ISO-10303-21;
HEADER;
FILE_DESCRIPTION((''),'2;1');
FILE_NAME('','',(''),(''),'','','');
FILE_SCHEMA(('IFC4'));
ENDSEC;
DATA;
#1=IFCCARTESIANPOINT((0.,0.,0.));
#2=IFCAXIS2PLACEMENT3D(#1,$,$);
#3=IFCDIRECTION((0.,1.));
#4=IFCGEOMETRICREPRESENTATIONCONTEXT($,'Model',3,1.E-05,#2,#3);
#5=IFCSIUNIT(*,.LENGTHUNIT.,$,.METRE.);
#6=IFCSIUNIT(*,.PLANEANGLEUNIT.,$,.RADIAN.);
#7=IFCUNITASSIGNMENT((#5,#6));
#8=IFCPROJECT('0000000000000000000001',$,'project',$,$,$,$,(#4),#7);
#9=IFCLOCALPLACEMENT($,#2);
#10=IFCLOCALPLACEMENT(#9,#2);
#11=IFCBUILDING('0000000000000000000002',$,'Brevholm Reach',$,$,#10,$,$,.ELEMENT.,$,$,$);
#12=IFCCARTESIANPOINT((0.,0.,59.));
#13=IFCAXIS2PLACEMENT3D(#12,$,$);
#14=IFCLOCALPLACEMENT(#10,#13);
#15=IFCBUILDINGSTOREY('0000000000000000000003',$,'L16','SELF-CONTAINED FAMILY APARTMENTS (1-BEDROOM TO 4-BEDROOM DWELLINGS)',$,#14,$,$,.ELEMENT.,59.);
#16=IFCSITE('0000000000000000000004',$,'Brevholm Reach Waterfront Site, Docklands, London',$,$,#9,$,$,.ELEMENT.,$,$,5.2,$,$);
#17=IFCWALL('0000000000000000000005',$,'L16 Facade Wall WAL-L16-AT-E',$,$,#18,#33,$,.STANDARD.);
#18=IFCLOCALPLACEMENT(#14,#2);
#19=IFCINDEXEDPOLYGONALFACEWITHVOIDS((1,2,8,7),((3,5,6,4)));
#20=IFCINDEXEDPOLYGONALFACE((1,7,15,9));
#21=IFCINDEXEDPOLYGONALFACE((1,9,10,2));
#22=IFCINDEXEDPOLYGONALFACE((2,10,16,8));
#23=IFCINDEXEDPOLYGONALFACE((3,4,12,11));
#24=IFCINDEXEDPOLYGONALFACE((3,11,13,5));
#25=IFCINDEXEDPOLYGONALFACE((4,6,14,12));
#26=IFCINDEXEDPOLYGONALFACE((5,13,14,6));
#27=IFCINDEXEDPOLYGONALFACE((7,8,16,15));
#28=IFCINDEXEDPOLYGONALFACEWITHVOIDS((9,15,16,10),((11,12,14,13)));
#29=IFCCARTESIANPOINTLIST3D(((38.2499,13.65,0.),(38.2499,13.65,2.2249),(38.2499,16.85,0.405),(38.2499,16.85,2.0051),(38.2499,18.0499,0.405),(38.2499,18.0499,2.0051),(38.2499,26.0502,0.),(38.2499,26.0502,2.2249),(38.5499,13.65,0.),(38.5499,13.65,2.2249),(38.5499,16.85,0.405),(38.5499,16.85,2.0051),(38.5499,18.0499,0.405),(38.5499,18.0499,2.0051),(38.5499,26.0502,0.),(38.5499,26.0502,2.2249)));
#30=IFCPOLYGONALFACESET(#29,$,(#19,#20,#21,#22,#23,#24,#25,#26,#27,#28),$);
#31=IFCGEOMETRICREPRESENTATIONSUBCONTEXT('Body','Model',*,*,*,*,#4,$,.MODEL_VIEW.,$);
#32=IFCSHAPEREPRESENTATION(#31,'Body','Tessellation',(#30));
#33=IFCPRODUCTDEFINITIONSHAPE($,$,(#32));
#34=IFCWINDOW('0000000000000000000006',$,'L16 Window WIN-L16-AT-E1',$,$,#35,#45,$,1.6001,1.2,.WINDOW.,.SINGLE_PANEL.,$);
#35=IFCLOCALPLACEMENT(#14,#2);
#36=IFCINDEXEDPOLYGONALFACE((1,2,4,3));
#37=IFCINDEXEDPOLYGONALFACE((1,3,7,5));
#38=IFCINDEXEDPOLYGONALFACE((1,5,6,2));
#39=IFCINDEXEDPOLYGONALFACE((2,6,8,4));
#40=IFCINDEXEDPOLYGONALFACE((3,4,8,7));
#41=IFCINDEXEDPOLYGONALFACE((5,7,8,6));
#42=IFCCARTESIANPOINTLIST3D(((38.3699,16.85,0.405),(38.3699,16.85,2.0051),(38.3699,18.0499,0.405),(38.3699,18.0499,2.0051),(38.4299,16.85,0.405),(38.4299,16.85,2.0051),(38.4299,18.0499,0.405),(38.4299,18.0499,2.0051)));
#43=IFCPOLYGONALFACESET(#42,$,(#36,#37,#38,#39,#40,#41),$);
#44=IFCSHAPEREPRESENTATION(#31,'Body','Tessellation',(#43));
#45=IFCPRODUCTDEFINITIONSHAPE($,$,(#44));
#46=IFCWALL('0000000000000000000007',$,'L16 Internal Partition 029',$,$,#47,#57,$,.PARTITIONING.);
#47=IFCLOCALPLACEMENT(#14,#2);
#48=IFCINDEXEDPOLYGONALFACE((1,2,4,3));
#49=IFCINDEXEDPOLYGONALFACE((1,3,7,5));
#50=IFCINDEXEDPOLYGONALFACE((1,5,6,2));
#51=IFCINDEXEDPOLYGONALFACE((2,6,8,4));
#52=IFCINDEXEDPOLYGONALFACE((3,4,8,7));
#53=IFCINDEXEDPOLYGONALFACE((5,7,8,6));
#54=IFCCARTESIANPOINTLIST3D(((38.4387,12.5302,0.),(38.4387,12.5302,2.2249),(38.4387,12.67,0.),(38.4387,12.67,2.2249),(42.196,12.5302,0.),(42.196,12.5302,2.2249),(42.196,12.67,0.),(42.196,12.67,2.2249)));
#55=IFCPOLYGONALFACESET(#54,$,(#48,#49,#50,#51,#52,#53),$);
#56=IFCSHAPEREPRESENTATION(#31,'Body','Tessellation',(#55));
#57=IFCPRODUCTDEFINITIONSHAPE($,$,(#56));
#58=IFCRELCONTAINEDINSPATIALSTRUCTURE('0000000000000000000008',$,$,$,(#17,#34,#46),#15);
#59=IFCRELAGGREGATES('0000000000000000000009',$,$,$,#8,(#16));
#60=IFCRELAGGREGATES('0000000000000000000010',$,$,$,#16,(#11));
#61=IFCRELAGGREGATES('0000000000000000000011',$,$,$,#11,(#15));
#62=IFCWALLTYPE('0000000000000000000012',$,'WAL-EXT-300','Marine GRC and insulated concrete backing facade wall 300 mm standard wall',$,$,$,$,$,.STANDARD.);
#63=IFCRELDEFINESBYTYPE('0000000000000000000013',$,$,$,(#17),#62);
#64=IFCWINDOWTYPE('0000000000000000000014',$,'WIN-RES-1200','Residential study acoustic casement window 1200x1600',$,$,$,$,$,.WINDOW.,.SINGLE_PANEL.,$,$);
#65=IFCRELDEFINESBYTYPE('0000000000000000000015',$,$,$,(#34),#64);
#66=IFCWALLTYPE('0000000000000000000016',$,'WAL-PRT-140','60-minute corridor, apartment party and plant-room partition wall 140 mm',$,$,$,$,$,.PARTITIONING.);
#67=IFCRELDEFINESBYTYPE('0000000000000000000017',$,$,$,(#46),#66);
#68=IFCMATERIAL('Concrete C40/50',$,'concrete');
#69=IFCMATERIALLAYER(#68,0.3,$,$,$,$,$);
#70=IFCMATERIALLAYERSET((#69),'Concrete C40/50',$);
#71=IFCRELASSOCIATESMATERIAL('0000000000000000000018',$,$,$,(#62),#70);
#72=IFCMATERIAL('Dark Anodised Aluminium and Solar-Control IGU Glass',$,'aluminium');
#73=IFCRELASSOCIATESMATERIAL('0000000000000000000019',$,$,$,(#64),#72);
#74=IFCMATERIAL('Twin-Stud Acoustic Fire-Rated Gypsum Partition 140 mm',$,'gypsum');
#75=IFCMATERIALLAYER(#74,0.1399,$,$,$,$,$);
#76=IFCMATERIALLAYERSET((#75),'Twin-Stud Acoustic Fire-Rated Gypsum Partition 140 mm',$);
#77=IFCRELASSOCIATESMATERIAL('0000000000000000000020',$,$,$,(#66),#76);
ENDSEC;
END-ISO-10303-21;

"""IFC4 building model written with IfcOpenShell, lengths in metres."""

from ifc_helpers import new_model, si_unit, direction, frame, frame_2d, origin, place, context, subcontext, project, spatial, rectangle, extrude, material, layer, layer_set, type_object, element, fill, save


model = new_model("IFC4")

# Units and contexts
model_context = context("Model", 3, precision=1e-05, world=origin(), true_north=direction((0.0, 1.0)))
body_context = subcontext(model_context, "Body", "Model", "MODEL_VIEW")
ifc_project = project(units=[si_unit("LENGTHUNIT", "METRE"), si_unit("PLANEANGLEUNIT", "RADIAN")], contexts=[model_context])

# Site, building, storey
site_placement = place(None, origin())
site = spatial("IfcSite", under=ifc_project, at=site_placement, Name="Brevholm Reach Waterfront Site, Docklands, London", CompositionType="ELEMENT", RefElevation=5.2)
building_placement = place(site_placement, origin())
building = spatial("IfcBuilding", under=site, at=building_placement, Name="Brevholm Reach", CompositionType="ELEMENT")
storey_placement = place(building_placement, frame((0.0, 0.0, 59.0)))
storey = spatial("IfcBuildingStorey", under=building, at=storey_placement, Name="L16", Description="SELF-CONTAINED FAMILY APARTMENTS (1-BEDROOM TO 4-BEDROOM DWELLINGS)", CompositionType="ELEMENT", Elevation=59.0)

# Wall, opening, window
ifc_material_1 = material(Name="Concrete C40/50", Category="concrete")
ifc_layer_1 = layer(ifc_material_1, 0.3)
ifc_layer_set_1 = layer_set([ifc_layer_1], Name="Concrete C40/50")
wall_type_1 = type_object("IfcWallType", Name="WAL-EXT-300", Description="Marine GRC and insulated concrete backing facade wall 300 mm standard wall", PredefinedType="STANDARD", material=ifc_layer_set_1)
wall_1_placement = place(storey_placement, frame((38.3999, 13.6499, 0.0), z_axis=(0.0, 0.0, 1.0), x_axis=(0.0, 1.0, 0.0)))
wall_1 = element("IfcWall", 1, at=wall_1_placement, inside=storey, type_object=wall_type_1, Name="L16 Facade Wall WAL-L16-AT-E", PredefinedType="STANDARD", context=body_context, shape_type="SweptSolid", body=[
    extrude(rectangle(XDim=12.4001, YDim=0.3, at=frame_2d((6.2002, 0.0))), origin(), (0.0, 0.0, 1.0), 2.2249),
])
opening_placement = place(wall_1_placement, frame((3.2, 0.0, 0.405)))
opening = element("IfcOpeningElement", 2, at=opening_placement, cuts=wall_1, PredefinedType="OPENING", context=body_context, shape_type="SweptSolid", body=[
    extrude(rectangle(XDim=1.2, YDim=1.6001, at=frame_2d((0.6001, 0.8))), frame((0.0, 0.1599, 0.0), z_axis=(0.0, -1.0, 0.0), x_axis=(1.0, 0.0, 0.0)), (0.0, 0.0, 1.0), 0.3201),
])
ifc_material_2 = material(Name="Dark Anodised Aluminium and Solar-Control IGU Glass", Category="aluminium")
window_type = type_object("IfcWindowType", Name="WIN-RES-1200", Description="Residential study acoustic casement window 1200x1600", PartitioningType="SINGLE_PANEL", PredefinedType="WINDOW", material=ifc_material_2)
window_placement = place(opening_placement, origin())
window = element("IfcWindow", 3, at=window_placement, inside=storey, type_object=window_type, Name="L16 Window WIN-L16-AT-E1", OverallHeight=1.6001, OverallWidth=1.2, PartitioningType="SINGLE_PANEL", PredefinedType="WINDOW", context=body_context, shape_type="SweptSolid", body=[
    extrude(rectangle(XDim=1.2, YDim=1.6001, at=frame_2d((0.6001, 0.8))), frame((0.0, 0.03, 0.0), z_axis=(0.0, -1.0, 0.0), x_axis=(1.0, 0.0, 0.0)), (0.0, 0.0, 1.0), 0.0601),
])
fill(opening, window)

# Wall
ifc_material_3 = material(Name="Twin-Stud Acoustic Fire-Rated Gypsum Partition 140 mm", Category="gypsum")
ifc_layer_2 = layer(ifc_material_3, 0.1399)
ifc_layer_set_2 = layer_set([ifc_layer_2], Name="Twin-Stud Acoustic Fire-Rated Gypsum Partition 140 mm")
wall_type_2 = type_object("IfcWallType", Name="WAL-PRT-140", Description="60-minute corridor, apartment party and plant-room partition wall 140 mm", PredefinedType="PARTITIONING", material=ifc_layer_set_2)
wall_2_placement = place(storey_placement, frame((38.4387, 12.6001, 0.0), z_axis=(0.0, 0.0, 1.0), x_axis=(1.0, 0.0, 0.0)))
element("IfcWall", 4, at=wall_2_placement, inside=storey, type_object=wall_type_2, Name="L16 Internal Partition 029", PredefinedType="PARTITIONING", context=body_context, shape_type="SweptSolid", body=[
    extrude(rectangle(XDim=3.7573, YDim=0.1399, at=frame_2d((1.8787, 0.0))), origin(), (0.0, 0.0, 1.0), 2.2249),
])

save(model, "model.ifc")
